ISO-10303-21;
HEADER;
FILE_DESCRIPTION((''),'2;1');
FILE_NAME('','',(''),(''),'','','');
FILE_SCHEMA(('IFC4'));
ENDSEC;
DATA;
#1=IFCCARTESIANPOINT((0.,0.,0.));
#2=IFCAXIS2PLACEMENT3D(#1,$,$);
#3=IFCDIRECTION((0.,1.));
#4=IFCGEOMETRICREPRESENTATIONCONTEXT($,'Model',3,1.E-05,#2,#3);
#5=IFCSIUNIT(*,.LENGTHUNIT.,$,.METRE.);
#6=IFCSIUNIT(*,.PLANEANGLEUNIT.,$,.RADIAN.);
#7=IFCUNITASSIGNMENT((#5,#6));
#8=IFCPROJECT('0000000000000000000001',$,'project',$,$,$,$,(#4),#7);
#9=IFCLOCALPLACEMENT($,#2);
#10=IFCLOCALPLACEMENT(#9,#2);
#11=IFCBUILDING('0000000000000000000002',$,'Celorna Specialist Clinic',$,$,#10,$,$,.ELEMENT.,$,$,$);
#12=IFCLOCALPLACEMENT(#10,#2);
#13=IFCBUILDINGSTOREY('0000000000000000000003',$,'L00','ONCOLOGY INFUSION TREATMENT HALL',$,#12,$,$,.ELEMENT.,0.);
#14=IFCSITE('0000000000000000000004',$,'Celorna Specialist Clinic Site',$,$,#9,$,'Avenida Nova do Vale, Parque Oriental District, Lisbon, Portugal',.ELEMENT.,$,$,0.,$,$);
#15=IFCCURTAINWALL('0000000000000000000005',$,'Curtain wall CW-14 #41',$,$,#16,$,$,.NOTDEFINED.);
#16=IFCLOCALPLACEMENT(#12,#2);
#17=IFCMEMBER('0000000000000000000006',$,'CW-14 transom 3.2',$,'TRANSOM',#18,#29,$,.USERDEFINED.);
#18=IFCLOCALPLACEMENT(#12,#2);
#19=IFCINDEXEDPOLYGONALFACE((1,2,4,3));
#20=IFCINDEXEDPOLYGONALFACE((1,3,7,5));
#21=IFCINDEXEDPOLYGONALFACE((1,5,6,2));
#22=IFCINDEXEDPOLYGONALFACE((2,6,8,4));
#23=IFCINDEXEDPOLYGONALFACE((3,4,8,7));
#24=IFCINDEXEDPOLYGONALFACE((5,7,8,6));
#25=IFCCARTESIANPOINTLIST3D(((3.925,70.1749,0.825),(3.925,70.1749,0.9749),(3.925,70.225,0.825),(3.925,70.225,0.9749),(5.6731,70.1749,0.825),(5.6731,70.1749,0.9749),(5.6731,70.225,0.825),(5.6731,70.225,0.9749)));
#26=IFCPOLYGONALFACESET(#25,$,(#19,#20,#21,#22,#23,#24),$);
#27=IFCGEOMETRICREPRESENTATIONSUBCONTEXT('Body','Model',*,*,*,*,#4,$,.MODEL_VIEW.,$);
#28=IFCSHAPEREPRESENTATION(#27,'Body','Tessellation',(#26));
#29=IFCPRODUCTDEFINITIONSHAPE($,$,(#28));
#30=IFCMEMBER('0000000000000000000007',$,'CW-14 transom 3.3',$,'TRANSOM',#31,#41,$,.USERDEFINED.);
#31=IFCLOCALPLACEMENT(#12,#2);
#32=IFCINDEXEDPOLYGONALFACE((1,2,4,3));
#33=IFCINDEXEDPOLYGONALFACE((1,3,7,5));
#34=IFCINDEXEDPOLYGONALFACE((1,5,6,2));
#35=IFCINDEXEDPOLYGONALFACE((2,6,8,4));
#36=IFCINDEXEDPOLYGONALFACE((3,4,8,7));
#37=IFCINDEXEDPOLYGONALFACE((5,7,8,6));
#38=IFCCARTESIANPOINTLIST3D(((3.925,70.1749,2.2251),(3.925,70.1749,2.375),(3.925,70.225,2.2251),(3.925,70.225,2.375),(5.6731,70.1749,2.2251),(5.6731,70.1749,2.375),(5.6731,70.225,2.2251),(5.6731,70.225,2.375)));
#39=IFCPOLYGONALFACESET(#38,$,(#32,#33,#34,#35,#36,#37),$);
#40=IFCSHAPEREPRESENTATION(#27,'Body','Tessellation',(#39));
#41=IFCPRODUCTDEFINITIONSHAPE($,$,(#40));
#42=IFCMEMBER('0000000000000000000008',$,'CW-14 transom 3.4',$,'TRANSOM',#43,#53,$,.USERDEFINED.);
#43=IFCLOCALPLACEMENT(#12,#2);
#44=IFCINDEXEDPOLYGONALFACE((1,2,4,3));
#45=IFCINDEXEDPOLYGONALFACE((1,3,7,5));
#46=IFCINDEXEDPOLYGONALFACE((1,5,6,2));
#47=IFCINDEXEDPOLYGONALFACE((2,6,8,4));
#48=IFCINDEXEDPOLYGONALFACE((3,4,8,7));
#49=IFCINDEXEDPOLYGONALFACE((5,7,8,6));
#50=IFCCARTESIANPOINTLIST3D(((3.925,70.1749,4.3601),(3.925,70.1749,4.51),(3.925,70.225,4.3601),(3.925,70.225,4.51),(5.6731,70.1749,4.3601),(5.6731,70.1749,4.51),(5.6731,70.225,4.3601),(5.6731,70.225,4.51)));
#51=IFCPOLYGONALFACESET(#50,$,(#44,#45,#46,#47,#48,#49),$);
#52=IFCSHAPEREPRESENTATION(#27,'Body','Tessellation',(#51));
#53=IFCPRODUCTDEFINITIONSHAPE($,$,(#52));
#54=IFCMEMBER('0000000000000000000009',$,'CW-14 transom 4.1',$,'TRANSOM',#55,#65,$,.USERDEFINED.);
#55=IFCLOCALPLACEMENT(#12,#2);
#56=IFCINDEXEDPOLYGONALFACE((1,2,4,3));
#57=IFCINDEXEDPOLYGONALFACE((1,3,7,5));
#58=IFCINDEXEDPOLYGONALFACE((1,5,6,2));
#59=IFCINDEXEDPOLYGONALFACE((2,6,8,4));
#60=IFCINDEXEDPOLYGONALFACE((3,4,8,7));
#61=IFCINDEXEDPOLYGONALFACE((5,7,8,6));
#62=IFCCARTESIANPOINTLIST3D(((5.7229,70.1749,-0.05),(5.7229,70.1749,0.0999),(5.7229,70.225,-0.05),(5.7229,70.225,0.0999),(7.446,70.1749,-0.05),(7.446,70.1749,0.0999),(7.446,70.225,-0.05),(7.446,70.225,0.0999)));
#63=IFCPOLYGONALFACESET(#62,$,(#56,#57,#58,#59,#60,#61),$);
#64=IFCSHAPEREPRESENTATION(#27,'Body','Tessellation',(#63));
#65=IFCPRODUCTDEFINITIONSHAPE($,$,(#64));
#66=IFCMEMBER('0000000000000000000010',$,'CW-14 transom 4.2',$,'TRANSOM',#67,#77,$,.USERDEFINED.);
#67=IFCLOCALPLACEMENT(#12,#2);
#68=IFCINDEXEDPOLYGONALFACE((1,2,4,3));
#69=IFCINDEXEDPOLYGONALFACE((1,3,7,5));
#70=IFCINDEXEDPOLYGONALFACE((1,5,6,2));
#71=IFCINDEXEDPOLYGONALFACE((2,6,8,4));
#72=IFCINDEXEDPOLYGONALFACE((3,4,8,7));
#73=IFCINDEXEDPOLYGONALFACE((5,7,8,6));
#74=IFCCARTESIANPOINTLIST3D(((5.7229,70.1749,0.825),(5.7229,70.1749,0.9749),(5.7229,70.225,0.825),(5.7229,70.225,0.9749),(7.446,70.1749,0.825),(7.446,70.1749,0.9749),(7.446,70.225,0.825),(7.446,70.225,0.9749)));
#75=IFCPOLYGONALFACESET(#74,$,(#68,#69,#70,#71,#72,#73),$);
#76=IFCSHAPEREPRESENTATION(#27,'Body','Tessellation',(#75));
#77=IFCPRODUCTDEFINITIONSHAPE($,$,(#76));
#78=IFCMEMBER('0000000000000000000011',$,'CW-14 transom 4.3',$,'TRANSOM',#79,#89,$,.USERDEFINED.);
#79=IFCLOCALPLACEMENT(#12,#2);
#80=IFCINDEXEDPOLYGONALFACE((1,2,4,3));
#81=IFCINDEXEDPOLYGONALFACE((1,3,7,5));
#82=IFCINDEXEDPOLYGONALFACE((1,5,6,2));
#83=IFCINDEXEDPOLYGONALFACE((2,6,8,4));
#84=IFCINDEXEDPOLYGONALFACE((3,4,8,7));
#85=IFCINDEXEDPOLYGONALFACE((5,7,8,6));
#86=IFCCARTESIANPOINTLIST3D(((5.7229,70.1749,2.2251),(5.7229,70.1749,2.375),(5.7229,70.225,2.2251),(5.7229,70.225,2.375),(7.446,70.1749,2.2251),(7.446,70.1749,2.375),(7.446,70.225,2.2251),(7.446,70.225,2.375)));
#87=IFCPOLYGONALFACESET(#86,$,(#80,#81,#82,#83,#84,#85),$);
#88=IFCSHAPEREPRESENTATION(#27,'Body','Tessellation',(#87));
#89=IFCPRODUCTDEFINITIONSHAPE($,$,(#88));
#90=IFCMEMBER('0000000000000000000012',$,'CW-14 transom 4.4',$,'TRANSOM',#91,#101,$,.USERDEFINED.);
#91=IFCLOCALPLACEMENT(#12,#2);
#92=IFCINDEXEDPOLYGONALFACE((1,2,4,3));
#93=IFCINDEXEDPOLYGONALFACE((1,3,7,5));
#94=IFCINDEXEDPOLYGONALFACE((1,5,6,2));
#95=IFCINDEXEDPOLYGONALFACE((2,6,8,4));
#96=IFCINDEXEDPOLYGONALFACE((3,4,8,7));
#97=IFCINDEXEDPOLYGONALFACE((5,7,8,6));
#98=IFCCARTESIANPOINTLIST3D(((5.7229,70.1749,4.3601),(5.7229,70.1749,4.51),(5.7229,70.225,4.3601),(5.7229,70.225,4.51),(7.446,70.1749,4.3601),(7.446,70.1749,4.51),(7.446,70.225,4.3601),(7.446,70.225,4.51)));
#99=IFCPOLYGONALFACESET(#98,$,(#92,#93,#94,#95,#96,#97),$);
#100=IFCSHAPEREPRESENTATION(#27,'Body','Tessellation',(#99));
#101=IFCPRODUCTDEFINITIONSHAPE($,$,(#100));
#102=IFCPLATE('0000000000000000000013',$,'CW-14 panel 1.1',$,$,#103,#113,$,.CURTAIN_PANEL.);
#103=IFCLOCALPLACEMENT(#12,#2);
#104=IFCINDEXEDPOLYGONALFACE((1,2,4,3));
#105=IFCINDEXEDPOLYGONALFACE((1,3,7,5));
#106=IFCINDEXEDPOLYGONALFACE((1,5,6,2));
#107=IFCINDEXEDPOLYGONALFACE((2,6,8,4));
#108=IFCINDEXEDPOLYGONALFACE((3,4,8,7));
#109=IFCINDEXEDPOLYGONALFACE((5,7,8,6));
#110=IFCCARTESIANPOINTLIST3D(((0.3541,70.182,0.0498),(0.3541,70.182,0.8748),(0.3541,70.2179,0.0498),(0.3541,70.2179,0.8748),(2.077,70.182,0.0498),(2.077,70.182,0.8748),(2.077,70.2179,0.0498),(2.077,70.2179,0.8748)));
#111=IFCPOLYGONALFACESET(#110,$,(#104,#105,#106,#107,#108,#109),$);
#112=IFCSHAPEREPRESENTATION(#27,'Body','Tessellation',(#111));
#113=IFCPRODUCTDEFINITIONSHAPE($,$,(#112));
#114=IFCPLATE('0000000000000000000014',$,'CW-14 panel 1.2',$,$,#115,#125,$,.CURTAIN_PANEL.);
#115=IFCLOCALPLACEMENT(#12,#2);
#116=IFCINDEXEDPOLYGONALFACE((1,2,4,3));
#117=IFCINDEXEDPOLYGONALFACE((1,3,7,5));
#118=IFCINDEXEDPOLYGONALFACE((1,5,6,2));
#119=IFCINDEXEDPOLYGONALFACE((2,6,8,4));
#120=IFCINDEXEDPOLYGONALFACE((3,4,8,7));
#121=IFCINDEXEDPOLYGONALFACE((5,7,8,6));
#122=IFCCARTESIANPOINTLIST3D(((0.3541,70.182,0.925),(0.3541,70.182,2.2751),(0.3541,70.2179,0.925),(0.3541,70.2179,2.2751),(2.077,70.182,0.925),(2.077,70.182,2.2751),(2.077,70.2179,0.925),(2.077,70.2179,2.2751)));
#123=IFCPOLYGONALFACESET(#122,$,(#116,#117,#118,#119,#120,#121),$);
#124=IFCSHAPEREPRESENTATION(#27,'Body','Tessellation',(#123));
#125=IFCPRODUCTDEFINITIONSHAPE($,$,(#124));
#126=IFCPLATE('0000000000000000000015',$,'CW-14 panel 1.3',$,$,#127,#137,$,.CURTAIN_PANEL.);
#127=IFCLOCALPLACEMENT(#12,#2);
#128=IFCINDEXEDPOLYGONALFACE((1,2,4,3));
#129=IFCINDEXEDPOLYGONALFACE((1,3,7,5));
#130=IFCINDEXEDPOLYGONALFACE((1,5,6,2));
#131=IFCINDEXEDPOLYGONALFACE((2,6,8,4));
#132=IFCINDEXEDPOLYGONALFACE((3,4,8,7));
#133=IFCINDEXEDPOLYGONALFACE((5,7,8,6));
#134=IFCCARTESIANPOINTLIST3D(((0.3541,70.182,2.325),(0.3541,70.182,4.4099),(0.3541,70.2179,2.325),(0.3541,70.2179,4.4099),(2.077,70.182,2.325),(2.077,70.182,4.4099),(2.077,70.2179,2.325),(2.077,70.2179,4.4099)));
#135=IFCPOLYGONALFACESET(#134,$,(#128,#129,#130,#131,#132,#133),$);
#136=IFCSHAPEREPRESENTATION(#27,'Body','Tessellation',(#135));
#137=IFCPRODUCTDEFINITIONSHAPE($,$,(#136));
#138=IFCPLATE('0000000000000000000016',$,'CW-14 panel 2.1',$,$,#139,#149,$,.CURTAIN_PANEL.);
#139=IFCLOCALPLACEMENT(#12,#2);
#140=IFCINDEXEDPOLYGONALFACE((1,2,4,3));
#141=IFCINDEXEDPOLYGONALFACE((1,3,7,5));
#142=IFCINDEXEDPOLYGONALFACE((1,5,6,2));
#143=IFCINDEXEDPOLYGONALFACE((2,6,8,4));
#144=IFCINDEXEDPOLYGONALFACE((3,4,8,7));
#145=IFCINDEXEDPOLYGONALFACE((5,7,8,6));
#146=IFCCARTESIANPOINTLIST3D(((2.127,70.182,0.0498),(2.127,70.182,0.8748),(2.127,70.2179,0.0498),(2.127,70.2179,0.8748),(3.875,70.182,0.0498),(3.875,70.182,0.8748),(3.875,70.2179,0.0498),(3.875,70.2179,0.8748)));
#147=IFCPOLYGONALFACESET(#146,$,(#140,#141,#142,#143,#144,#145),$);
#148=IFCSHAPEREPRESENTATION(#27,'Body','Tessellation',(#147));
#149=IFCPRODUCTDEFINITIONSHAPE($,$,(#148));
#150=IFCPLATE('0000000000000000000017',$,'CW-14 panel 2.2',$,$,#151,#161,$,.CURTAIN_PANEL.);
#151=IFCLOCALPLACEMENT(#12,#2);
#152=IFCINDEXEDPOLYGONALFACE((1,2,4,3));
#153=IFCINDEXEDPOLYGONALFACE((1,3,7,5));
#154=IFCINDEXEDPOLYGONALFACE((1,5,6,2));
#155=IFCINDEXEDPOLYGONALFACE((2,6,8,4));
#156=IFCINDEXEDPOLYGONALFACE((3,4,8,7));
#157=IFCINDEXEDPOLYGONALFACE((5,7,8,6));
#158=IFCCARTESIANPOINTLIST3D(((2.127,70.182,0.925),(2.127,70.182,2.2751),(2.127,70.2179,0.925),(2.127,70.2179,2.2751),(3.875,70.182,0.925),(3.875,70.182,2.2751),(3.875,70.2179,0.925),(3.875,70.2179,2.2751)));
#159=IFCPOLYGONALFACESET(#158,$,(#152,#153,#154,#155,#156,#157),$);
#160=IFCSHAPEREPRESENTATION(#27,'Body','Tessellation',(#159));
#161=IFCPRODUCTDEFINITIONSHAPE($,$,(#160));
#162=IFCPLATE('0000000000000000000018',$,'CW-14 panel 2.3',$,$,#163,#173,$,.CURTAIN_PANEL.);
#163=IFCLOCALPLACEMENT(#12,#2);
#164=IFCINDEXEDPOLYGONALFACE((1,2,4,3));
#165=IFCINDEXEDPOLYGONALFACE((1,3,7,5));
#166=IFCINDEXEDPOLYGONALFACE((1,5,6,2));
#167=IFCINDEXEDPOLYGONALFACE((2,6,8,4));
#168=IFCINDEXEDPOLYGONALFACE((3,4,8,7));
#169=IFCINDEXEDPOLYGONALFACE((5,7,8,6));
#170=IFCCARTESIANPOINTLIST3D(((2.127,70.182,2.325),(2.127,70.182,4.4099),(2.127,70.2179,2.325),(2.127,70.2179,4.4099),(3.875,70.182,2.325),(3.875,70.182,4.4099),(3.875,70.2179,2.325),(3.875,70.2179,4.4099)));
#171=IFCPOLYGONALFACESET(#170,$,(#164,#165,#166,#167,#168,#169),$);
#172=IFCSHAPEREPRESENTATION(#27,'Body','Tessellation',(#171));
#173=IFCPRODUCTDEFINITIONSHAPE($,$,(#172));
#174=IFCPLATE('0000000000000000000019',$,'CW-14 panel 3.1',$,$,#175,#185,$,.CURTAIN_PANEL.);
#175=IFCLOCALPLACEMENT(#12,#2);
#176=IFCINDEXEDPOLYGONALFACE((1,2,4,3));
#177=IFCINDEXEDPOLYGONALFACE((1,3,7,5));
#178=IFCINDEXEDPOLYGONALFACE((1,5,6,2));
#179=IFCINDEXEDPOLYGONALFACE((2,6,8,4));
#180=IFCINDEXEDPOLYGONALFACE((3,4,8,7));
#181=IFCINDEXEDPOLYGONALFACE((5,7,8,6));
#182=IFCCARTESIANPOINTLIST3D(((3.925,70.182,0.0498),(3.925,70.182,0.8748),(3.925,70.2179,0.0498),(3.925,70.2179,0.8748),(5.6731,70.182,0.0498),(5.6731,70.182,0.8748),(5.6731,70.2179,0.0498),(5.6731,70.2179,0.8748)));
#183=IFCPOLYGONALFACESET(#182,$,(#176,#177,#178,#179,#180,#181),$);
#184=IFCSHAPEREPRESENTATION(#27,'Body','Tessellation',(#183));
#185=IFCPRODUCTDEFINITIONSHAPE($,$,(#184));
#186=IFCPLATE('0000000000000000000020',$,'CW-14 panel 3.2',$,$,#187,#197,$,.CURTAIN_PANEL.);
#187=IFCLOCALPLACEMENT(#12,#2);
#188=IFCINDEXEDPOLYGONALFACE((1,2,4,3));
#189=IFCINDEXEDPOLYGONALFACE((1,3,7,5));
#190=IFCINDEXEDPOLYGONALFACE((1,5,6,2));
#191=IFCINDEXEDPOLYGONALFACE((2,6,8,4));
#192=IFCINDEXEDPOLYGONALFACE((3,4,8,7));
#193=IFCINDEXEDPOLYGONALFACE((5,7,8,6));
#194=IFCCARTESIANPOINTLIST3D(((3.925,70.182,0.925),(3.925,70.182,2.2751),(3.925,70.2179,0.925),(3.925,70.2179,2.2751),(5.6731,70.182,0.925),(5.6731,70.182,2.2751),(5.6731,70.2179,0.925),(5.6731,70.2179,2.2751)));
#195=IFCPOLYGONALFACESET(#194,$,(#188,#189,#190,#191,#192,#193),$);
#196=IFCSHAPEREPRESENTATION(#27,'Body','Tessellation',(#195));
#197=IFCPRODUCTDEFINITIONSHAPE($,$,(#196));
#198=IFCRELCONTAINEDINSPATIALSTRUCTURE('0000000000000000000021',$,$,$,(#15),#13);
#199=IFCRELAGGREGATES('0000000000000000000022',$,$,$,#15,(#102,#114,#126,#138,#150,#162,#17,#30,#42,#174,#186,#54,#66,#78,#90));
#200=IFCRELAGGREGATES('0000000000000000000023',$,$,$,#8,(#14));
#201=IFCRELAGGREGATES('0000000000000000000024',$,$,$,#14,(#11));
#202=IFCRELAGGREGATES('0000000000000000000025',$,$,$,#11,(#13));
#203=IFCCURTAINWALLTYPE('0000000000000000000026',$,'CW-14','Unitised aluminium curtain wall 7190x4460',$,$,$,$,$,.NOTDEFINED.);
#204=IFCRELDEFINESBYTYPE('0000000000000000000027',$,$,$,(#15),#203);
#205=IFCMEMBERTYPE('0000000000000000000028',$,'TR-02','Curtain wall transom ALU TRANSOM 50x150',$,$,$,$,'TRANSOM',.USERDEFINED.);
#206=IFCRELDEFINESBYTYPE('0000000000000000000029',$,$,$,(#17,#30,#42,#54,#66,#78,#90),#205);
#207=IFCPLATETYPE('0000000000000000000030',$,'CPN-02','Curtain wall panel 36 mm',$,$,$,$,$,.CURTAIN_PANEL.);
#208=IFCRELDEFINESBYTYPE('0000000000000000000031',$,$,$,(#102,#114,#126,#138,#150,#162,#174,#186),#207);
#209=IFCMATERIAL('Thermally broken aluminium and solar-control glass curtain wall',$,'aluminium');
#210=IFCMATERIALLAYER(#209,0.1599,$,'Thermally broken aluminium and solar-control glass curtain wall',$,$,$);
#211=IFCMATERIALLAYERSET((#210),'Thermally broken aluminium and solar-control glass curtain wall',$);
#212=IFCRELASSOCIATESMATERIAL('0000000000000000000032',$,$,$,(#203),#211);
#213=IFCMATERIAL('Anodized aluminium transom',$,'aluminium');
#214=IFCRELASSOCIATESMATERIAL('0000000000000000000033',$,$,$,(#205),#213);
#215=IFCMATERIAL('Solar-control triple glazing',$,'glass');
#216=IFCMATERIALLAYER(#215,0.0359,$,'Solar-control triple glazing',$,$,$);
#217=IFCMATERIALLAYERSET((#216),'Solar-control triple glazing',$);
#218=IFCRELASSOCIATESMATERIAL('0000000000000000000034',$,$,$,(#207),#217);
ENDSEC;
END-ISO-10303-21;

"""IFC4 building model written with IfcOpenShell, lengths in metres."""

from ifc_helpers import new_model, si_unit, direction, frame, origin, origin_2d, place, context, subcontext, project, spatial, rectangle, extrude, material, layer, layer_set, material_profile, profile_set, type_object, element, aggregate, save


model = new_model("IFC4")

# Units and contexts
model_context = context("Model", 3, precision=1e-05, world=origin(), true_north=direction((0.0, 1.0)))
body_context = subcontext(model_context, "Body", "Model", "MODEL_VIEW")
ifc_project = project(units=[si_unit("LENGTHUNIT", "METRE"), si_unit("PLANEANGLEUNIT", "RADIAN")], contexts=[model_context])

# Site, building, storey
site_placement = place(None, origin())
site = spatial("IfcSite", under=ifc_project, at=site_placement, Name="Celorna Specialist Clinic Site", LongName="Avenida Nova do Vale, Parque Oriental District, Lisbon, Portugal", CompositionType="ELEMENT", RefElevation=0.0)
building_placement = place(site_placement, origin())
building = spatial("IfcBuilding", under=site, at=building_placement, Name="Celorna Specialist Clinic", CompositionType="ELEMENT")
storey_placement = place(building_placement, origin())
storey = spatial("IfcBuildingStorey", under=building, at=storey_placement, Name="L00", Description="ONCOLOGY INFUSION TREATMENT HALL", CompositionType="ELEMENT", Elevation=0.0)

# Curtain wall, members, plates
ifc_material_1 = material(Name="Thermally broken aluminium and solar-control glass curtain wall", Category="aluminium")
ifc_layer_1 = layer(ifc_material_1, 0.1599, Name="Thermally broken aluminium and solar-control glass curtain wall")
ifc_layer_set_1 = layer_set([ifc_layer_1], Name="Thermally broken aluminium and solar-control glass curtain wall")
curtain_wall_type = type_object("IfcCurtainWallType", Name="CW-14", Description="Unitised aluminium curtain wall 7190x4460", PredefinedType="NOTDEFINED", material=ifc_layer_set_1)
curtain_wall_placement = place(storey_placement, origin())
curtain_wall = element("IfcCurtainWall", 1, at=curtain_wall_placement, inside=storey, type_object=curtain_wall_type, Name="Curtain wall CW-14 #41", PredefinedType="NOTDEFINED")
ifc_material_2 = material(Name="Anodized aluminium transom", Category="aluminium")
ifc_material_profile_1 = material_profile(ifc_material_2, rectangle(XDim=0.05, YDim=0.1499, at=origin_2d()), Name="ALU TRANSOM 50x150")
ifc_profile_set_1 = profile_set([ifc_material_profile_1], Name="Anodized aluminium transom")
member_type_1 = type_object("IfcMemberType", Name="TR-02", Description="Curtain wall transom ALU TRANSOM 50x150", ElementType="TRANSOM", PredefinedType="USERDEFINED", material=ifc_profile_set_1)
member_1_placement = place(storey_placement, frame((3.925, 70.2, 0.8999), z_axis=(1.0, 0.0, 0.0), x_axis=(0.0, 1.0, 0.0)))
member_1 = element("IfcMember", 2, at=member_1_placement, type_object=member_type_1, Name="CW-14 transom 3.2", ObjectType="TRANSOM", PredefinedType="USERDEFINED", context=body_context, shape_type="SweptSolid", body=[
    extrude(rectangle(XDim=0.05, YDim=0.1499, at=origin_2d()), origin(), (0.0, 0.0, 1.0), 1.748),
])
member_2_placement = place(storey_placement, frame((3.925, 70.2, 2.3), z_axis=(1.0, 0.0, 0.0), x_axis=(0.0, 1.0, 0.0)))
member_2 = element("IfcMember", 3, at=member_2_placement, type_object=member_type_1, Name="CW-14 transom 3.3", ObjectType="TRANSOM", PredefinedType="USERDEFINED", context=body_context, shape_type="SweptSolid", body=[
    extrude(rectangle(XDim=0.05, YDim=0.1499, at=origin_2d()), origin(), (0.0, 0.0, 1.0), 1.748),
])
member_3_placement = place(storey_placement, frame((3.925, 70.2, 4.4351), z_axis=(1.0, 0.0, 0.0), x_axis=(0.0, 1.0, 0.0)))
member_3 = element("IfcMember", 4, at=member_3_placement, type_object=member_type_1, Name="CW-14 transom 3.4", ObjectType="TRANSOM", PredefinedType="USERDEFINED", context=body_context, shape_type="SweptSolid", body=[
    extrude(rectangle(XDim=0.05, YDim=0.1499, at=origin_2d()), origin(), (0.0, 0.0, 1.0), 1.748),
])
member_4_placement = place(storey_placement, frame((5.7229, 70.2, 0.0249), z_axis=(1.0, 0.0, 0.0), x_axis=(0.0, 1.0, 0.0)))
member_4 = element("IfcMember", 5, at=member_4_placement, type_object=member_type_1, Name="CW-14 transom 4.1", ObjectType="TRANSOM", PredefinedType="USERDEFINED", context=body_context, shape_type="SweptSolid", body=[
    extrude(rectangle(XDim=0.05, YDim=0.1499, at=origin_2d()), origin(), (0.0, 0.0, 1.0), 1.7231),
])
member_5_placement = place(storey_placement, frame((5.7229, 70.2, 0.8999), z_axis=(1.0, 0.0, 0.0), x_axis=(0.0, 1.0, 0.0)))
member_5 = element("IfcMember", 6, at=member_5_placement, type_object=member_type_1, Name="CW-14 transom 4.2", ObjectType="TRANSOM", PredefinedType="USERDEFINED", context=body_context, shape_type="SweptSolid", body=[
    extrude(rectangle(XDim=0.05, YDim=0.1499, at=origin_2d()), origin(), (0.0, 0.0, 1.0), 1.7231),
])
member_6_placement = place(storey_placement, frame((5.7229, 70.2, 2.3), z_axis=(1.0, 0.0, 0.0), x_axis=(0.0, 1.0, 0.0)))
member_6 = element("IfcMember", 7, at=member_6_placement, type_object=member_type_1, Name="CW-14 transom 4.3", ObjectType="TRANSOM", PredefinedType="USERDEFINED", context=body_context, shape_type="SweptSolid", body=[
    extrude(rectangle(XDim=0.05, YDim=0.1499, at=origin_2d()), origin(), (0.0, 0.0, 1.0), 1.7231),
])
member_7_placement = place(storey_placement, frame((5.7229, 70.2, 4.4351), z_axis=(1.0, 0.0, 0.0), x_axis=(0.0, 1.0, 0.0)))
member_7 = element("IfcMember", 8, at=member_7_placement, type_object=member_type_1, Name="CW-14 transom 4.4", ObjectType="TRANSOM", PredefinedType="USERDEFINED", context=body_context, shape_type="SweptSolid", body=[
    extrude(rectangle(XDim=0.05, YDim=0.1499, at=origin_2d()), origin(), (0.0, 0.0, 1.0), 1.7231),
])
ifc_material_3 = material(Name="Solar-control triple glazing", Category="glass")
ifc_layer_2 = layer(ifc_material_3, 0.0359, Name="Solar-control triple glazing")
ifc_layer_set_2 = layer_set([ifc_layer_2], Name="Solar-control triple glazing")
plate_type = type_object("IfcPlateType", Name="CPN-02", Description="Curtain wall panel 36 mm", PredefinedType="CURTAIN_PANEL", material=ifc_layer_set_2)
plate_1_placement = place(storey_placement, frame((1.2156, 70.2, 0.0498), z_axis=(0.0, 0.0, 1.0), x_axis=(1.0, 0.0, 0.0)))
plate_1 = element("IfcPlate", 9, at=plate_1_placement, type_object=plate_type, Name="CW-14 panel 1.1", PredefinedType="CURTAIN_PANEL", context=body_context, shape_type="SweptSolid", body=[
    extrude(rectangle(XDim=1.7229, YDim=0.0359, at=origin_2d()), origin(), (0.0, 0.0, 1.0), 0.825),
])
plate_2_placement = place(storey_placement, frame((1.2156, 70.2, 0.925), z_axis=(0.0, 0.0, 1.0), x_axis=(1.0, 0.0, 0.0)))
plate_2 = element("IfcPlate", 10, at=plate_2_placement, type_object=plate_type, Name="CW-14 panel 1.2", PredefinedType="CURTAIN_PANEL", context=body_context, shape_type="SweptSolid", body=[
    extrude(rectangle(XDim=1.7229, YDim=0.0359, at=origin_2d()), origin(), (0.0, 0.0, 1.0), 1.3501),
])
plate_3_placement = place(storey_placement, frame((1.2156, 70.2, 2.325), z_axis=(0.0, 0.0, 1.0), x_axis=(1.0, 0.0, 0.0)))
plate_3 = element("IfcPlate", 11, at=plate_3_placement, type_object=plate_type, Name="CW-14 panel 1.3", PredefinedType="CURTAIN_PANEL", context=body_context, shape_type="SweptSolid", body=[
    extrude(rectangle(XDim=1.7229, YDim=0.0359, at=origin_2d()), origin(), (0.0, 0.0, 1.0), 2.085),
])
plate_4_placement = place(storey_placement, frame((3.001, 70.2, 0.0498), z_axis=(0.0, 0.0, 1.0), x_axis=(1.0, 0.0, 0.0)))
plate_4 = element("IfcPlate", 12, at=plate_4_placement, type_object=plate_type, Name="CW-14 panel 2.1", PredefinedType="CURTAIN_PANEL", context=body_context, shape_type="SweptSolid", body=[
    extrude(rectangle(XDim=1.748, YDim=0.0359, at=origin_2d()), origin(), (0.0, 0.0, 1.0), 0.825),
])
plate_5_placement = place(storey_placement, frame((3.001, 70.2, 0.925), z_axis=(0.0, 0.0, 1.0), x_axis=(1.0, 0.0, 0.0)))
plate_5 = element("IfcPlate", 13, at=plate_5_placement, type_object=plate_type, Name="CW-14 panel 2.2", PredefinedType="CURTAIN_PANEL", context=body_context, shape_type="SweptSolid", body=[
    extrude(rectangle(XDim=1.748, YDim=0.0359, at=origin_2d()), origin(), (0.0, 0.0, 1.0), 1.3501),
])
plate_6_placement = place(storey_placement, frame((3.001, 70.2, 2.325), z_axis=(0.0, 0.0, 1.0), x_axis=(1.0, 0.0, 0.0)))
plate_6 = element("IfcPlate", 14, at=plate_6_placement, type_object=plate_type, Name="CW-14 panel 2.3", PredefinedType="CURTAIN_PANEL", context=body_context, shape_type="SweptSolid", body=[
    extrude(rectangle(XDim=1.748, YDim=0.0359, at=origin_2d()), origin(), (0.0, 0.0, 1.0), 2.085),
])
plate_7_placement = place(storey_placement, frame((4.7991, 70.2, 0.0498), z_axis=(0.0, 0.0, 1.0), x_axis=(1.0, 0.0, 0.0)))
plate_7 = element("IfcPlate", 15, at=plate_7_placement, type_object=plate_type, Name="CW-14 panel 3.1", PredefinedType="CURTAIN_PANEL", context=body_context, shape_type="SweptSolid", body=[
    extrude(rectangle(XDim=1.748, YDim=0.0359, at=origin_2d()), origin(), (0.0, 0.0, 1.0), 0.825),
])
plate_8_placement = place(storey_placement, frame((4.7991, 70.2, 0.925), z_axis=(0.0, 0.0, 1.0), x_axis=(1.0, 0.0, 0.0)))
plate_8 = element("IfcPlate", 16, at=plate_8_placement, type_object=plate_type, Name="CW-14 panel 3.2", PredefinedType="CURTAIN_PANEL", context=body_context, shape_type="SweptSolid", body=[
    extrude(rectangle(XDim=1.748, YDim=0.0359, at=origin_2d()), origin(), (0.0, 0.0, 1.0), 1.3501),
])
aggregate(curtain_wall, [plate_1, plate_2, plate_3, plate_4, plate_5, plate_6, member_1, member_2, member_3, plate_7, plate_8, member_4, member_5, member_6, member_7])

save(model, "model.ifc")
